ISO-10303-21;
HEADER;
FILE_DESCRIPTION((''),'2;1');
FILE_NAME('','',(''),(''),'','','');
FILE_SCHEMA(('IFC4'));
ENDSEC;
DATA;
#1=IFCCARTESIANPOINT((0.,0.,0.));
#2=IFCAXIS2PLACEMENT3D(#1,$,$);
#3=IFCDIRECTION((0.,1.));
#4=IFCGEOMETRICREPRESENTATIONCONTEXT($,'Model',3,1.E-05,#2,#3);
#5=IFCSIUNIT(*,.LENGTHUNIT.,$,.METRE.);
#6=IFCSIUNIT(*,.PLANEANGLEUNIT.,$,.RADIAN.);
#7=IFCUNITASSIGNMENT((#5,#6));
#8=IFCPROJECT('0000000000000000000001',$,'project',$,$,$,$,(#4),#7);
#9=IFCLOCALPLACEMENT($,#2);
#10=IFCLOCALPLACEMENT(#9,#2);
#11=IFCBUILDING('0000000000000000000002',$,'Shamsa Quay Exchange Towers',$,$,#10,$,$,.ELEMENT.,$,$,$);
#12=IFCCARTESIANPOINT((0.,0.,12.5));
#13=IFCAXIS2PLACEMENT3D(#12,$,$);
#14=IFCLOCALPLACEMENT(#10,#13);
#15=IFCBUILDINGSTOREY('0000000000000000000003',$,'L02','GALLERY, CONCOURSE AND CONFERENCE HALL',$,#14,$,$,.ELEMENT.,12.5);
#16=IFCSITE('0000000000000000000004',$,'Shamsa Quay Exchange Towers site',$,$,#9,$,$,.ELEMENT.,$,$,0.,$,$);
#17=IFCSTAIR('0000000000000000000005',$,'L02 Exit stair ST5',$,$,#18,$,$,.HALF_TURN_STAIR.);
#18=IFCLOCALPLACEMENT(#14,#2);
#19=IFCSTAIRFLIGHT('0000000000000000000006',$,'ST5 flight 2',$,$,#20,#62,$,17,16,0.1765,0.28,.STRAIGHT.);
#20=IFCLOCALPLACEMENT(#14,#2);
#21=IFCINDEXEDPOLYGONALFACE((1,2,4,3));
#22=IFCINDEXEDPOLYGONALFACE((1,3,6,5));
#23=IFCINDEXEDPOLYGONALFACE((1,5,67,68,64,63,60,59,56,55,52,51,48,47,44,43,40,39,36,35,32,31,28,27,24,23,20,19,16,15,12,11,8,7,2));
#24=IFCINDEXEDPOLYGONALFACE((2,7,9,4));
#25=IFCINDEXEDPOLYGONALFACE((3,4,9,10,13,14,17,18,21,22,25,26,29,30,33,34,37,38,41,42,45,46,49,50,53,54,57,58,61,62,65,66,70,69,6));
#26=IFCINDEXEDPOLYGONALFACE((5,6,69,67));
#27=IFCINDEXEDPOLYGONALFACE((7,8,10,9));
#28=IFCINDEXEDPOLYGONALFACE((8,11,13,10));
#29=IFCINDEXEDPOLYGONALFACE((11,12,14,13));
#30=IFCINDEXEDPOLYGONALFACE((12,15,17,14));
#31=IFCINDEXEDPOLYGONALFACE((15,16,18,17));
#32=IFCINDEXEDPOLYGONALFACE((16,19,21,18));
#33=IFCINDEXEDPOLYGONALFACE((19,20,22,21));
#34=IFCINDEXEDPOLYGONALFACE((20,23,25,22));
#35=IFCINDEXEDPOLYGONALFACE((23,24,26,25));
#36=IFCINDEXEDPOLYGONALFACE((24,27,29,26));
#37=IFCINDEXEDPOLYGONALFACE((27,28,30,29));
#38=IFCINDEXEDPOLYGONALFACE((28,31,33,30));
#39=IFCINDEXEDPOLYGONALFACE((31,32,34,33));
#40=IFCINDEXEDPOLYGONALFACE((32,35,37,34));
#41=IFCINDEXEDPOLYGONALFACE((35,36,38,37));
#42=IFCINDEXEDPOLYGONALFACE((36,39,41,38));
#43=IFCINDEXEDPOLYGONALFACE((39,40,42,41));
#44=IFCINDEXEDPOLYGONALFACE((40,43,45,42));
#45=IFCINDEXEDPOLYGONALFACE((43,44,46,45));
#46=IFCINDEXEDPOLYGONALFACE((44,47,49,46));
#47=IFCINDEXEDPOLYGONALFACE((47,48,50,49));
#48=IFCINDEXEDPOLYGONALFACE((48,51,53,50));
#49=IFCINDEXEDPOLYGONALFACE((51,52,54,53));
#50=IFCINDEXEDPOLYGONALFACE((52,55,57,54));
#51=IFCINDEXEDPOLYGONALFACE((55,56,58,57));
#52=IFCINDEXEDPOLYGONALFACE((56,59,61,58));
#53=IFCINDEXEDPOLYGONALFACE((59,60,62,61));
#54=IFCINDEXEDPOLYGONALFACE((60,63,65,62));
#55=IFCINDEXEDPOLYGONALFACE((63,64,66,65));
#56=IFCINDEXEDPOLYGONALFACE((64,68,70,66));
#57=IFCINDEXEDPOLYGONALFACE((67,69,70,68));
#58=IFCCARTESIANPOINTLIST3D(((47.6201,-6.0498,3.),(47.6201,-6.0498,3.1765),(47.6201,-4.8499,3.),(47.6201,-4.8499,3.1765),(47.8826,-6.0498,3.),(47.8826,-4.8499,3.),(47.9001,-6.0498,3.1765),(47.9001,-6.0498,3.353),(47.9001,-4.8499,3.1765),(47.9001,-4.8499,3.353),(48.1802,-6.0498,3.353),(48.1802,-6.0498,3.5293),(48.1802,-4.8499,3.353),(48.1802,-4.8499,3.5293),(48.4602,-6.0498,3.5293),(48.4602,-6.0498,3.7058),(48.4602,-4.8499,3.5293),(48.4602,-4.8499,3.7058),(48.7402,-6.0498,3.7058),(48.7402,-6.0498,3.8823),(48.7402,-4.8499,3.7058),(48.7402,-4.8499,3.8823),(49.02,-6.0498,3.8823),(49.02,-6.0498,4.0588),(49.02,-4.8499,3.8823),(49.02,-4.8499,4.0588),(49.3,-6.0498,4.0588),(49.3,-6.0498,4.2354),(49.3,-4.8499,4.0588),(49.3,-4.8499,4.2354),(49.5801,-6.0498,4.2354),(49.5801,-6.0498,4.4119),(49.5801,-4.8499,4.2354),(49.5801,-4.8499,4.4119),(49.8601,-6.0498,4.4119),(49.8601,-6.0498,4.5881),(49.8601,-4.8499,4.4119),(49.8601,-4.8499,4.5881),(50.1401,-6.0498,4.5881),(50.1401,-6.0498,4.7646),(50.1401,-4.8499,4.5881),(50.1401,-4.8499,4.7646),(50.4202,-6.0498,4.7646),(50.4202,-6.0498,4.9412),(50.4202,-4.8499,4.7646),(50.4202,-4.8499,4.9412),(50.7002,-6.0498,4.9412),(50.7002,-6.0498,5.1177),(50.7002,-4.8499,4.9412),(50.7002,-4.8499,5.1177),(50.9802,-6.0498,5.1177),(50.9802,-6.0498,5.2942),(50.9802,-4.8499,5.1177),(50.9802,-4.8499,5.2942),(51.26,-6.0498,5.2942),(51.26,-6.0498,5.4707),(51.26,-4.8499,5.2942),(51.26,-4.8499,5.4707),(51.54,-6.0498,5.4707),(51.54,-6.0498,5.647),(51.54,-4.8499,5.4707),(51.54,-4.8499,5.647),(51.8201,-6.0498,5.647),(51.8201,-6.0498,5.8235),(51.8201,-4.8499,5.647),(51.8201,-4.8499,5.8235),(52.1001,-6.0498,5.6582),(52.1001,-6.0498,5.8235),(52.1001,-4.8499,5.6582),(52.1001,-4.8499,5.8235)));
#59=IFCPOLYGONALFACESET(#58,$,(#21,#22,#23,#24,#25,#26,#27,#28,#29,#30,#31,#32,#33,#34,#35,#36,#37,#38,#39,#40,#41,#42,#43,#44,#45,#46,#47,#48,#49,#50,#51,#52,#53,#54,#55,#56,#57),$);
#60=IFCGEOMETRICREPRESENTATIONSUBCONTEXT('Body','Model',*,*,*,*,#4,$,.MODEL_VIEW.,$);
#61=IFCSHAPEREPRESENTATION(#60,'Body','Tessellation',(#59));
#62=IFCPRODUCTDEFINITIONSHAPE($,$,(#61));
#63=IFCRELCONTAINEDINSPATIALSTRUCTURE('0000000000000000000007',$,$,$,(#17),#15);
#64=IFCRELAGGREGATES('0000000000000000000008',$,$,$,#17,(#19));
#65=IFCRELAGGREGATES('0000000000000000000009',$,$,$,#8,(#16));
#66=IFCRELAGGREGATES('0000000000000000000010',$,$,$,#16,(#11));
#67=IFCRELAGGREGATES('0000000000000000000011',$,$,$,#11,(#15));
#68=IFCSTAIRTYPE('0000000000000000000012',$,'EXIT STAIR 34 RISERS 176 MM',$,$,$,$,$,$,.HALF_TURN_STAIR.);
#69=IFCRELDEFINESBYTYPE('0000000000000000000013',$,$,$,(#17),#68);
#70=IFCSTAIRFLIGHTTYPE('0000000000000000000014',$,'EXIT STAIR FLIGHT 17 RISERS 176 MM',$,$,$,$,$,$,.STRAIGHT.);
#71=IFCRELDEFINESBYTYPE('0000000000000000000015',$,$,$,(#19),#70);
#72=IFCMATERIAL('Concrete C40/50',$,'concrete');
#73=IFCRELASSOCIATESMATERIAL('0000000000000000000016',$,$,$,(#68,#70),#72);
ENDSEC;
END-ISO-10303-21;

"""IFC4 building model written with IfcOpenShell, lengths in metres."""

from ifc_helpers import new_model, si_unit, direction, frame, origin, place, context, subcontext, project, spatial, polyline, outline, extrude, material, type_object, element, aggregate, save


model = new_model("IFC4")

# Units and contexts
model_context = context("Model", 3, precision=1e-05, world=origin(), true_north=direction((0.0, 1.0)))
body_context = subcontext(model_context, "Body", "Model", "MODEL_VIEW")
ifc_project = project(units=[si_unit("LENGTHUNIT", "METRE"), si_unit("PLANEANGLEUNIT", "RADIAN")], contexts=[model_context])

# Site, building, storey
site_placement = place(None, origin())
site = spatial("IfcSite", under=ifc_project, at=site_placement, Name="Shamsa Quay Exchange Towers site", CompositionType="ELEMENT", RefElevation=0.0)
building_placement = place(site_placement, origin())
building = spatial("IfcBuilding", under=site, at=building_placement, Name="Shamsa Quay Exchange Towers", CompositionType="ELEMENT")
storey_placement = place(building_placement, frame((0.0, 0.0, 12.5)))
storey = spatial("IfcBuildingStorey", under=building, at=storey_placement, Name="L02", Description="GALLERY, CONCOURSE AND CONFERENCE HALL", CompositionType="ELEMENT", Elevation=12.5)

# Stair, stair flight
ifc_material_1 = material(Name="Concrete C40/50", Category="concrete")
stair_type = type_object("IfcStairType", Name="EXIT STAIR 34 RISERS 176 MM", PredefinedType="HALF_TURN_STAIR", material=ifc_material_1)
stair_placement = place(storey_placement, origin())
stair = element("IfcStair", 1, at=stair_placement, inside=storey, type_object=stair_type, Name="L02 Exit stair ST5", PredefinedType="HALF_TURN_STAIR")
stair_flight_type = type_object("IfcStairFlightType", Name="EXIT STAIR FLIGHT 17 RISERS 176 MM", PredefinedType="STRAIGHT", material=ifc_material_1)
stair_flight_1_placement = place(storey_placement, frame((47.6201, -5.45, 3.0)))
stair_flight_1 = element("IfcStairFlight", 2, at=stair_flight_1_placement, type_object=stair_flight_type, Name="ST5 flight 2", NumberOfRisers=17, NumberOfTreads=16, PredefinedType="STRAIGHT", RiserHeight=0.1765, TreadLength=0.28, context=body_context, shape_type="SweptSolid", body=[
    extrude(outline(polyline([(0.0, 0.0), (0.0, 0.1765), (0.28, 0.1765), (0.28, 0.353), (0.5601, 0.353), (0.5601, 0.5293), (0.8401, 0.5293), (0.8401, 0.7058), (1.1201, 0.7058), (1.1201, 0.8823), (1.3999, 0.8823), (1.3999, 1.0588), (1.6799, 1.0588), (1.6799, 1.2354), (1.96, 1.2354), (1.96, 1.4119), (2.24, 1.4119), (2.24, 1.5881), (2.52, 1.5881), (2.52, 1.7646), (2.8, 1.7646), (2.8, 1.9412), (3.0801, 1.9412), (3.0801, 2.1177), (3.3601, 2.1177), (3.3601, 2.2942), (3.6399, 2.2942), (3.6399, 2.4707), (3.9199, 2.4707), (3.9199, 2.647), (4.2, 2.647), (4.2, 2.8235), (4.48, 2.8235), (4.48, 3.0), (4.48, 2.6582), (0.2625, 0.0), (0.0, 0.0)])), frame((0.0, 0.6001, 0.0), z_axis=(0.0, -1.0, 0.0), x_axis=(1.0, 0.0, 0.0)), (0.0, 0.0, 1.0), 1.2),
])
aggregate(stair, [stair_flight_1])

save(model, "model.ifc")
